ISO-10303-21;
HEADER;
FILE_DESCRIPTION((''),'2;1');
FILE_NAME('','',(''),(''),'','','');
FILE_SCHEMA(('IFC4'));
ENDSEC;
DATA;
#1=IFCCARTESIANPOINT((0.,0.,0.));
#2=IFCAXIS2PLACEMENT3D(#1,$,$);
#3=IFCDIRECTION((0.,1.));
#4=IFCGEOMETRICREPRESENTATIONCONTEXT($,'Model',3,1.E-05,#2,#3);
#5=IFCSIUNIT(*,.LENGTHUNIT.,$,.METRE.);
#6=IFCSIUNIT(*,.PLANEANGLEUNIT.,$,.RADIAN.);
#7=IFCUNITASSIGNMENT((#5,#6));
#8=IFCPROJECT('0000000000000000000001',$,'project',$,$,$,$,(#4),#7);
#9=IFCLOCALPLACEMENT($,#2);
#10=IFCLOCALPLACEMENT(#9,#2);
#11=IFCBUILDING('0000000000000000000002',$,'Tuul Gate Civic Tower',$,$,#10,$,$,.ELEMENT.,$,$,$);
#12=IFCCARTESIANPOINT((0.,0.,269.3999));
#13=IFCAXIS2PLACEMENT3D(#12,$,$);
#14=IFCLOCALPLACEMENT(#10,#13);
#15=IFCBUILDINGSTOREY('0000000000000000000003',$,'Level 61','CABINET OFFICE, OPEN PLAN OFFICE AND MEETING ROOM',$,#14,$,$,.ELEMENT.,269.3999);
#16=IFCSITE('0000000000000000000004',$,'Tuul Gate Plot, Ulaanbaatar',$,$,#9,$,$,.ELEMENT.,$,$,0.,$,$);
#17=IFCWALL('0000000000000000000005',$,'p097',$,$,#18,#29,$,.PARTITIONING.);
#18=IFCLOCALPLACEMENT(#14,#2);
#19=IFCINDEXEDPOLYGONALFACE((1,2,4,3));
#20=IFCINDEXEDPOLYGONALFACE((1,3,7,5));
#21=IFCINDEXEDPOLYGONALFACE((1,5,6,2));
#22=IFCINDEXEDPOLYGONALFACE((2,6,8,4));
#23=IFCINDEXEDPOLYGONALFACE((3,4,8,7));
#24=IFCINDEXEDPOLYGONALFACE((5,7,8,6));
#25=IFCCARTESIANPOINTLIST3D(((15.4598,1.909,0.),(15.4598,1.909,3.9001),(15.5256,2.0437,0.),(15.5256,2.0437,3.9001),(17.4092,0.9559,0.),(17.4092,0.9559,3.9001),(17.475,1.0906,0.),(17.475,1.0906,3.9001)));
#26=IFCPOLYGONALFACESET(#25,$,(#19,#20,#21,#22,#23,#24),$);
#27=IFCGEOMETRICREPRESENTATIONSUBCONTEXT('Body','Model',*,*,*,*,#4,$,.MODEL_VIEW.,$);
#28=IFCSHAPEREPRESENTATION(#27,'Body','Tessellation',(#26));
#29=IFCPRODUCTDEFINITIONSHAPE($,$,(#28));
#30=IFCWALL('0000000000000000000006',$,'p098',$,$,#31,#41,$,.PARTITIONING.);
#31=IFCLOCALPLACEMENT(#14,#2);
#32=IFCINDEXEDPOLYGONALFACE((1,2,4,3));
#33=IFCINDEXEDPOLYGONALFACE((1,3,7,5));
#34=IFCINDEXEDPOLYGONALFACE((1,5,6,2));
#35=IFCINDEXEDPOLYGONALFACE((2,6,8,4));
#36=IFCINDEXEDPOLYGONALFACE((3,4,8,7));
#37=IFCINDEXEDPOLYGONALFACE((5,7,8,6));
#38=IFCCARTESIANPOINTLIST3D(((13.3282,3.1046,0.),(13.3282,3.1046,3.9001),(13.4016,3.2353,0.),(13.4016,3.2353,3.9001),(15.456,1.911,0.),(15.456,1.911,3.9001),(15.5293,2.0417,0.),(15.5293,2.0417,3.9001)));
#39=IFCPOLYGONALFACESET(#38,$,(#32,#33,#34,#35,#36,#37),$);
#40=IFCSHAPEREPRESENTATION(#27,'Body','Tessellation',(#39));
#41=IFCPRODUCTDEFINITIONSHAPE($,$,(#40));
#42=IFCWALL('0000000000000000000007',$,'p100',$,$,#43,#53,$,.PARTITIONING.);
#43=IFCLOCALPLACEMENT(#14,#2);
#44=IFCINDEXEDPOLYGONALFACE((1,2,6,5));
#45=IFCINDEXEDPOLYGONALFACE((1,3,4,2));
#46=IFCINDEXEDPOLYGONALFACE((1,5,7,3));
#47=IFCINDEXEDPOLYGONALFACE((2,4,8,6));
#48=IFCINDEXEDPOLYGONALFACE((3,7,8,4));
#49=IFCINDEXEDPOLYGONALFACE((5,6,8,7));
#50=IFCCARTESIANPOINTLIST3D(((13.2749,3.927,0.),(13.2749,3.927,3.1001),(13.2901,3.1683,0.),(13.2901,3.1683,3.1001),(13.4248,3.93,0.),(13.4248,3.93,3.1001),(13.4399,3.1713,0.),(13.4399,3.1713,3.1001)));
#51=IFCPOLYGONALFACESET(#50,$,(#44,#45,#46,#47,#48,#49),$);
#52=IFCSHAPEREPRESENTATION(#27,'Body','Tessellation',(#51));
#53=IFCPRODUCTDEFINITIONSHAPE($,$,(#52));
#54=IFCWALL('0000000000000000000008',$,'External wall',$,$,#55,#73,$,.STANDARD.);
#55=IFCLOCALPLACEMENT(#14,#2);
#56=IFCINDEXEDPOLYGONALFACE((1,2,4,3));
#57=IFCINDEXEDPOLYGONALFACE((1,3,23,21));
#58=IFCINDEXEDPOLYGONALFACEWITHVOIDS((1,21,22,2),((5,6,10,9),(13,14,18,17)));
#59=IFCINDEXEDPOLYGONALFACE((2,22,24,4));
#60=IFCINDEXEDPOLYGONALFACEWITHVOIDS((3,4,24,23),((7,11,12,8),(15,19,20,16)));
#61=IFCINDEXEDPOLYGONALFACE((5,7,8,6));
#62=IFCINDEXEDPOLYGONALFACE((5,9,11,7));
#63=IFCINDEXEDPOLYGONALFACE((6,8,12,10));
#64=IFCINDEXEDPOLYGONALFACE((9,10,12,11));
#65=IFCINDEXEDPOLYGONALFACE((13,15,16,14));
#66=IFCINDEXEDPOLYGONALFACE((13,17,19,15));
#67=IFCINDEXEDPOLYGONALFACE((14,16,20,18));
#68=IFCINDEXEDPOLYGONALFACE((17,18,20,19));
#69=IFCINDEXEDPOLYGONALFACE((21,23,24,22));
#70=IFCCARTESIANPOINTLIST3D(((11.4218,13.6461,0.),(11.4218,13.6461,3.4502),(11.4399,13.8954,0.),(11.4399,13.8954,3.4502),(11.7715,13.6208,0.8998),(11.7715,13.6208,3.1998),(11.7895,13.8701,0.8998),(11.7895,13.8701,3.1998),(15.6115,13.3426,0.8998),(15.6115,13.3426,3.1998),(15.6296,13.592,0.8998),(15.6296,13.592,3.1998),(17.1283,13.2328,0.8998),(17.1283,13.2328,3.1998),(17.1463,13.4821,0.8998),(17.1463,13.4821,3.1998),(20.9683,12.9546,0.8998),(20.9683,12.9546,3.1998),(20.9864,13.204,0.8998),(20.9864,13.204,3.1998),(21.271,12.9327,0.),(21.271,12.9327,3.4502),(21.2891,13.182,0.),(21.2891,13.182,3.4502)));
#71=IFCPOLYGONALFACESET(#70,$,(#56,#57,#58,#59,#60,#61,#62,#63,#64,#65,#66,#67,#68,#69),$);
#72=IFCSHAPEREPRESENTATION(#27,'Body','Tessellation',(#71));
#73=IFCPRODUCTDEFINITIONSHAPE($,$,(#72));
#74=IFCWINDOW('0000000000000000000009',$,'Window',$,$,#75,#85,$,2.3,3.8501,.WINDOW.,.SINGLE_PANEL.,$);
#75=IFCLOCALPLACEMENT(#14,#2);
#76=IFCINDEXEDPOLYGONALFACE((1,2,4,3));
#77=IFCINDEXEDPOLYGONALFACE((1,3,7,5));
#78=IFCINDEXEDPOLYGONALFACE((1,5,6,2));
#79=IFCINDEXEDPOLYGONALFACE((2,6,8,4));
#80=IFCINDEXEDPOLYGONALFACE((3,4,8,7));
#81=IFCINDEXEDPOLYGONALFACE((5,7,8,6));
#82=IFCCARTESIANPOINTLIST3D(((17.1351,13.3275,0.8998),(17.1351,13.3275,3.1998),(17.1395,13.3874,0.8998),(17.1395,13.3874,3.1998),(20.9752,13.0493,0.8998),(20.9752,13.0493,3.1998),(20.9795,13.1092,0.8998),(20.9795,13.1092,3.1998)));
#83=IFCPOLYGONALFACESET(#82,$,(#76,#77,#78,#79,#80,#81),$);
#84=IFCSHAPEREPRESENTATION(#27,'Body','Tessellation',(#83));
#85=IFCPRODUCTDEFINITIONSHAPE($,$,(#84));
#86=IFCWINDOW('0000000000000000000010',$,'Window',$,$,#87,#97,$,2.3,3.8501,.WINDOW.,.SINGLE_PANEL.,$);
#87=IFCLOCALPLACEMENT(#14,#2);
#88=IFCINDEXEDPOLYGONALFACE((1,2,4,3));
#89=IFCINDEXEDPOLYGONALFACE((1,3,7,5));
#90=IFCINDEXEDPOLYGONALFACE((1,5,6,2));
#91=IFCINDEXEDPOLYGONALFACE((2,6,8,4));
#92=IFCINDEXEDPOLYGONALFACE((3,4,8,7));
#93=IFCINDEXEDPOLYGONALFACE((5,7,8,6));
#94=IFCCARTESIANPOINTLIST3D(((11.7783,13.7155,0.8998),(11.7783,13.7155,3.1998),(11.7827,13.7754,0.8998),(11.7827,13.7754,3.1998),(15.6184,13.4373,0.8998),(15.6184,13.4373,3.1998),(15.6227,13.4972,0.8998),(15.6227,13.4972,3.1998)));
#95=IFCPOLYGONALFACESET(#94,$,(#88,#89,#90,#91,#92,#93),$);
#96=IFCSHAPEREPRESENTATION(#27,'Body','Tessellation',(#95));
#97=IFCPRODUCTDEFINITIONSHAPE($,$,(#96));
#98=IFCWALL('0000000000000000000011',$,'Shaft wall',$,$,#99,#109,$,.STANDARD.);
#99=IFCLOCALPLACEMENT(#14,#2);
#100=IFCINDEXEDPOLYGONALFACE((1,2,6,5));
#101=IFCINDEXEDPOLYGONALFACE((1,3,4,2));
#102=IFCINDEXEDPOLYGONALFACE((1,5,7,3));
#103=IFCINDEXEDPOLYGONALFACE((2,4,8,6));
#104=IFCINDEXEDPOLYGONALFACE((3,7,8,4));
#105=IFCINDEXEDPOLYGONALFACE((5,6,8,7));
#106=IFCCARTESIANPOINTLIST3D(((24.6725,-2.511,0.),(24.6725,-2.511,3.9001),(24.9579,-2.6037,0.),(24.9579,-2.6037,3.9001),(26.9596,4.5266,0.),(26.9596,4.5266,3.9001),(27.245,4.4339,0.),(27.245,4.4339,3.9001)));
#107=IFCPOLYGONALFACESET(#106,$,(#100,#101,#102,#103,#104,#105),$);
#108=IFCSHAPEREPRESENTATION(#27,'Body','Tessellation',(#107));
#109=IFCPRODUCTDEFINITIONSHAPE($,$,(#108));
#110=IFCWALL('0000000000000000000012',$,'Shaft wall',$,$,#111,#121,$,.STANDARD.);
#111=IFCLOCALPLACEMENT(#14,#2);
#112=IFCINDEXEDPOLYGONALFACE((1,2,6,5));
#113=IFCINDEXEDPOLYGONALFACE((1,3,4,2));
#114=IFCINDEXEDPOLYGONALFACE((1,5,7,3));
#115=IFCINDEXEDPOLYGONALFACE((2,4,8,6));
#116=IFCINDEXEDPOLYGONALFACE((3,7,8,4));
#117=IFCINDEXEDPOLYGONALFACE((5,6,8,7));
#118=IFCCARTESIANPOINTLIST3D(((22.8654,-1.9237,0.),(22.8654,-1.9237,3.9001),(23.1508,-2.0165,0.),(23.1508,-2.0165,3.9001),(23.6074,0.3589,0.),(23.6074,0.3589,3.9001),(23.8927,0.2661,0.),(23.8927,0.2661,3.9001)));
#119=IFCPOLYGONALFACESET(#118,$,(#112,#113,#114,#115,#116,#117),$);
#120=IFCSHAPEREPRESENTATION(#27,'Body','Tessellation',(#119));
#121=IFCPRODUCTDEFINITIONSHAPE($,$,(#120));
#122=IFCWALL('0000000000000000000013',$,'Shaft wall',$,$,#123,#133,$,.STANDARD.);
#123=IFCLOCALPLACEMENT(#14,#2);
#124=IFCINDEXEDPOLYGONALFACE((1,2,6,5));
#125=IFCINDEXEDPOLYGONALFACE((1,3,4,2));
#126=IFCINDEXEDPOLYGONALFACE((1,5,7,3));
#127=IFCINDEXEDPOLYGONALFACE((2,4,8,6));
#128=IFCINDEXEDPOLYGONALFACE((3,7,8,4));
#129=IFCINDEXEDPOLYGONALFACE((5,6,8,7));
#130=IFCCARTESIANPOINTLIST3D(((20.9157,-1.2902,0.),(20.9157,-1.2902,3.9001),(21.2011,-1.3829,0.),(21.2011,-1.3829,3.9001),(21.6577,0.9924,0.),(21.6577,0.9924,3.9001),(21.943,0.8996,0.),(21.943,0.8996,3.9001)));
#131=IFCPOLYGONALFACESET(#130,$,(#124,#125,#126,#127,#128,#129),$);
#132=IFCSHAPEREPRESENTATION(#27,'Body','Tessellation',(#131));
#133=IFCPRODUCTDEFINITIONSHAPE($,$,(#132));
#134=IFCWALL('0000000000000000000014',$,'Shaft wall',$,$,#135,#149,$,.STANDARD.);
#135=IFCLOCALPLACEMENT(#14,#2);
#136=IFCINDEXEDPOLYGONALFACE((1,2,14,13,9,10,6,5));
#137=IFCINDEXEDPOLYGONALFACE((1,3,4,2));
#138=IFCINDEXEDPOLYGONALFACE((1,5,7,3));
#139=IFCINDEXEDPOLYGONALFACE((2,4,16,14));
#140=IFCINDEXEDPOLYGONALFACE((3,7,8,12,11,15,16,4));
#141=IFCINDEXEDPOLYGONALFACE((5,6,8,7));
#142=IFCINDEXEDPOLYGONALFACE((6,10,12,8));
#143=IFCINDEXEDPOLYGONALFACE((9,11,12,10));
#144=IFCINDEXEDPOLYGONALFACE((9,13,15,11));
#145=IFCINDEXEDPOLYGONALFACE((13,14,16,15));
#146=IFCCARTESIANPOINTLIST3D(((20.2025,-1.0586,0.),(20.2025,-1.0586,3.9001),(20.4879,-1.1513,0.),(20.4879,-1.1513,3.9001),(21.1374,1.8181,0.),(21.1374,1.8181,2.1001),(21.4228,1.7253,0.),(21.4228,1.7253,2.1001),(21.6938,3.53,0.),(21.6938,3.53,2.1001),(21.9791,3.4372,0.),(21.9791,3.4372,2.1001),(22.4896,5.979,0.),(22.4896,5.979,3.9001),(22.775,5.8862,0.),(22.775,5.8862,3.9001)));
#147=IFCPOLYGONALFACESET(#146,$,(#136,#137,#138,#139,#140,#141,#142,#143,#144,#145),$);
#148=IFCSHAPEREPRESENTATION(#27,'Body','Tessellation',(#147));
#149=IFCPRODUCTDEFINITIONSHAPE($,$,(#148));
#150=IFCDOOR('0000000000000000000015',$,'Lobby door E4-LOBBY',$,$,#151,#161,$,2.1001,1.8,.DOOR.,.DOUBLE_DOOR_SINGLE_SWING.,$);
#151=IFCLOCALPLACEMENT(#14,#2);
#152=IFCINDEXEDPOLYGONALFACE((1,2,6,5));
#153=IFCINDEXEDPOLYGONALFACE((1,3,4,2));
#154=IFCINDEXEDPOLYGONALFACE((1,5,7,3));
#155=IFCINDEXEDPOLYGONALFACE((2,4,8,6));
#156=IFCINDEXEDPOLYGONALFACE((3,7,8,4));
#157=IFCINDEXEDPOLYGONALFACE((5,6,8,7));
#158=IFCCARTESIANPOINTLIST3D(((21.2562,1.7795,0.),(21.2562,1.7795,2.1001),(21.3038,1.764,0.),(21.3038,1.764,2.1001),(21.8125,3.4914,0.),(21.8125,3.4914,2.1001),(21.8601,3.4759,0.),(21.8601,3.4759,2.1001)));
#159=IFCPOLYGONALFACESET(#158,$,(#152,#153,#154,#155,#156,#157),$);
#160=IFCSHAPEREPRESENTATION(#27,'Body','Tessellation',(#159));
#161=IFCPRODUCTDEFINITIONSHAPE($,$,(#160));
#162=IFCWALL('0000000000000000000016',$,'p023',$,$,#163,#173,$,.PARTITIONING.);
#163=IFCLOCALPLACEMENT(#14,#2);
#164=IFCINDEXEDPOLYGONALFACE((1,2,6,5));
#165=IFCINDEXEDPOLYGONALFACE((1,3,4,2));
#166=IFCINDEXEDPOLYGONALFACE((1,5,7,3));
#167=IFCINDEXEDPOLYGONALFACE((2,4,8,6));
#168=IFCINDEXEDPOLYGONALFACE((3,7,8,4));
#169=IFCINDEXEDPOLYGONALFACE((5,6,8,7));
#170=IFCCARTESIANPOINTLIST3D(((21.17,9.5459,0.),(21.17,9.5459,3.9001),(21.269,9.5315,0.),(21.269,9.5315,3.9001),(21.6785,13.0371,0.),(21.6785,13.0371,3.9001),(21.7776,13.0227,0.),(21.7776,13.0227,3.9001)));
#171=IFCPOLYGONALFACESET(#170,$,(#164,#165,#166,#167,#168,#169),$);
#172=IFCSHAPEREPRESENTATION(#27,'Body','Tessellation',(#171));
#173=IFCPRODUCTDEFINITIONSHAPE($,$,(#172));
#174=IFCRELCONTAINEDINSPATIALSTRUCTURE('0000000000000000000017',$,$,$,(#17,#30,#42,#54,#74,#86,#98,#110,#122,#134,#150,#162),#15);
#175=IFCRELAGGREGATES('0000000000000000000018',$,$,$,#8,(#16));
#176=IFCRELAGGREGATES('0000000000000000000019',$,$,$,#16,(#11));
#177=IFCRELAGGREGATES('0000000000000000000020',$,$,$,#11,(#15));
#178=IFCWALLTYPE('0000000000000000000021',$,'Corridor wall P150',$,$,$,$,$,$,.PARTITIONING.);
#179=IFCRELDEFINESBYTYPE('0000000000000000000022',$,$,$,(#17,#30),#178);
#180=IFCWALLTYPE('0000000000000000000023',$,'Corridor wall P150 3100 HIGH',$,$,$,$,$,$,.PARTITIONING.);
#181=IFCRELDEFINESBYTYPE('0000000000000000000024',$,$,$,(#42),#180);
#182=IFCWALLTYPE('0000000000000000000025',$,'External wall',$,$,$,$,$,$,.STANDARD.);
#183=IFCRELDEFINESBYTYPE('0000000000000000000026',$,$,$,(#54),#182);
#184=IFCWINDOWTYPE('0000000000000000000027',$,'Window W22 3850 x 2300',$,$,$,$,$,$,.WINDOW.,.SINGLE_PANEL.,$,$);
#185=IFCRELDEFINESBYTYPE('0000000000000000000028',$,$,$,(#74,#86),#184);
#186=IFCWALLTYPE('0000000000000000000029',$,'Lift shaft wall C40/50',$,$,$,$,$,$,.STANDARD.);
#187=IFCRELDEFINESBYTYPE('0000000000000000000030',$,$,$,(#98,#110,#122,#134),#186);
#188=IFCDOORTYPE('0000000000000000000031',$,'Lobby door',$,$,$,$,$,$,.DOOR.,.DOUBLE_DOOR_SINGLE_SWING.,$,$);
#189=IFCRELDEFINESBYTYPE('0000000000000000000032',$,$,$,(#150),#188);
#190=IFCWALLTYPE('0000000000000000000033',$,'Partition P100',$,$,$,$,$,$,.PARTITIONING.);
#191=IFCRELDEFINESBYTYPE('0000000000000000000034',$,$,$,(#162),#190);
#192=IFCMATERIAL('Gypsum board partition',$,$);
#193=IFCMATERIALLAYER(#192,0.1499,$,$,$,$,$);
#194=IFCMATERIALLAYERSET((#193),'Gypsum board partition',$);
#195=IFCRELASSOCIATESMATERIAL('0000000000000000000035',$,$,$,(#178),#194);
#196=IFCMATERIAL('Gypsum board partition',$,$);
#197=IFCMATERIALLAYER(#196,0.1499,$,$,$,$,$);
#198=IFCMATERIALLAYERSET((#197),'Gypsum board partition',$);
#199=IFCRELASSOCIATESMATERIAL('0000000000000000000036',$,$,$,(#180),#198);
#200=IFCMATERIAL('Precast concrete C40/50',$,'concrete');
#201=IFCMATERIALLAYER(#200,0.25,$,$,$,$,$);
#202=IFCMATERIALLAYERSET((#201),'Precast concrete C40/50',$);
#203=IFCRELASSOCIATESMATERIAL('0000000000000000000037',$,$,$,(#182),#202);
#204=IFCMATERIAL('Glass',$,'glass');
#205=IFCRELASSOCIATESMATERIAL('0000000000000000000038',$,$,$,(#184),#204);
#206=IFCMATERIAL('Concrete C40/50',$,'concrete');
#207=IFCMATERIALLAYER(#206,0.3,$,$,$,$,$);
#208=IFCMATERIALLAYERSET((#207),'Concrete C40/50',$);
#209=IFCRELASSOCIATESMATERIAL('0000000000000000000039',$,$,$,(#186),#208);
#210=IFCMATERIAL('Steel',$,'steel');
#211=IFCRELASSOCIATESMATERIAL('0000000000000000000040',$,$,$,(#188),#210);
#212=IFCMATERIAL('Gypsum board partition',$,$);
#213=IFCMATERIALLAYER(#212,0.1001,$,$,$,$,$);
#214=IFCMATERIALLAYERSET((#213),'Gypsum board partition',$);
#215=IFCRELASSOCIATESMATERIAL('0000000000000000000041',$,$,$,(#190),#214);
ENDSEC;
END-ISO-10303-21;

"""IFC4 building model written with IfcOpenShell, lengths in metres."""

from ifc_helpers import new_model, si_unit, direction, frame, frame_2d, origin, place, context, subcontext, project, spatial, rectangle, extrude, material, layer, layer_set, type_object, element, fill, save


model = new_model("IFC4")

# Units and contexts
model_context = context("Model", 3, precision=1e-05, world=origin(), true_north=direction((0.0, 1.0)))
body_context = subcontext(model_context, "Body", "Model", "MODEL_VIEW")
ifc_project = project(units=[si_unit("LENGTHUNIT", "METRE"), si_unit("PLANEANGLEUNIT", "RADIAN")], contexts=[model_context])

# Site, building, storey
site_placement = place(None, origin())
site = spatial("IfcSite", under=ifc_project, at=site_placement, Name="Tuul Gate Plot, Ulaanbaatar", CompositionType="ELEMENT", RefElevation=0.0)
building_placement = place(site_placement, origin())
building = spatial("IfcBuilding", under=site, at=building_placement, Name="Tuul Gate Civic Tower", CompositionType="ELEMENT")
storey_placement = place(building_placement, frame((0.0, 0.0, 269.3999)))
storey = spatial("IfcBuildingStorey", under=building, at=storey_placement, Name="Level 61", Description="CABINET OFFICE, OPEN PLAN OFFICE AND MEETING ROOM", CompositionType="ELEMENT", Elevation=269.3999)

# Shared definitions
ifc_material_1 = material(Name="Gypsum board partition")
ifc_layer_1 = layer(ifc_material_1, 0.1499)
ifc_layer_set_1 = layer_set([ifc_layer_1], Name="Gypsum board partition")
wall_type_1 = type_object("IfcWallType", Name="Corridor wall P150", PredefinedType="PARTITIONING", material=ifc_layer_set_1)

# Walls
wall_1_placement = place(storey_placement, frame((15.4927, 1.9763, 0.0), z_axis=(0.0, 0.0, 1.0), x_axis=(0.898374, -0.43923, 0.0)))
element("IfcWall", 1, at=wall_1_placement, inside=storey, type_object=wall_type_1, Name="p097", PredefinedType="PARTITIONING", context=body_context, shape_type="SweptSolid", body=[
    extrude(rectangle(XDim=2.1699, YDim=0.1499, at=frame_2d((1.085, 0.0))), origin(), (0.0, 0.0, 1.0), 3.9001),
])
wall_2_placement = place(storey_placement, frame((13.365, 3.1699, 0.0), z_axis=(0.0, 0.0, 1.0), x_axis=(0.872139, -0.489258, 0.0)))
element("IfcWall", 2, at=wall_2_placement, inside=storey, type_object=wall_type_1, Name="p098", PredefinedType="PARTITIONING", context=body_context, shape_type="SweptSolid", body=[
    extrude(rectangle(XDim=2.4397, YDim=0.1499, at=frame_2d((1.2197, 0.0))), origin(), (0.0, 0.0, 1.0), 3.9001),
])
ifc_material_2 = material(Name="Gypsum board partition")
ifc_layer_2 = layer(ifc_material_2, 0.1499)
ifc_layer_set_2 = layer_set([ifc_layer_2], Name="Gypsum board partition")
wall_type_2 = type_object("IfcWallType", Name="Corridor wall P150 3100 HIGH", PredefinedType="PARTITIONING", material=ifc_layer_set_2)
wall_3_placement = place(storey_placement, frame((13.3499, 3.9285, 0.0), z_axis=(0.0, 0.0, 1.0), x_axis=(0.019951, -0.999801, 0.0)))
element("IfcWall", 3, at=wall_3_placement, inside=storey, type_object=wall_type_2, Name="p100", PredefinedType="PARTITIONING", context=body_context, shape_type="SweptSolid", body=[
    extrude(rectangle(XDim=0.7588, YDim=0.1499, at=frame_2d((0.3794, 0.0))), origin(), (0.0, 0.0, 1.0), 3.1001),
])

# Wall, openings, windows
ifc_material_3 = material(Name="Precast concrete C40/50", Category="concrete")
ifc_layer_3 = layer(ifc_material_3, 0.25)
ifc_layer_set_3 = layer_set([ifc_layer_3], Name="Precast concrete C40/50")
wall_type_3 = type_object("IfcWallType", Name="External wall", PredefinedType="STANDARD", material=ifc_layer_set_3)
wall_4_placement = place(storey_placement, frame((21.28, 13.0574, 0.0), z_axis=(0.0, 0.0, 1.0), x_axis=(-0.997387, 0.072241, 0.0)))
wall_4 = element("IfcWall", 4, at=wall_4_placement, inside=storey, type_object=wall_type_3, Name="External wall", PredefinedType="STANDARD", context=body_context, shape_type="SweptSolid", body=[
    extrude(rectangle(XDim=9.875, YDim=0.25, at=frame_2d((4.9375, 0.0))), origin(), (0.0, 0.0, 1.0), 3.4502),
])
opening_1_placement = place(wall_4_placement, frame((0.3035, 0.0, 0.8999)))
opening_1 = element("IfcOpeningElement", 5, at=opening_1_placement, cuts=wall_4, PredefinedType="OPENING", context=body_context, shape_type="SweptSolid", body=[
    extrude(rectangle(XDim=3.8501, YDim=2.3, at=frame_2d((1.925, 1.1499))), frame((0.0, 0.135, 0.0), z_axis=(0.0, -1.0, 0.0), x_axis=(1.0, 0.0, 0.0)), (0.0, 0.0, 1.0), 0.27),
])
opening_2_placement = place(wall_4_placement, frame((5.6743, 0.0, 0.8999)))
opening_2 = element("IfcOpeningElement", 6, at=opening_2_placement, cuts=wall_4, PredefinedType="OPENING", context=body_context, shape_type="SweptSolid", body=[
    extrude(rectangle(XDim=3.8501, YDim=2.3, at=frame_2d((1.925, 1.1499))), frame((0.0, 0.135, 0.0), z_axis=(0.0, -1.0, 0.0), x_axis=(1.0, 0.0, 0.0)), (0.0, 0.0, 1.0), 0.27),
])
ifc_material_4 = material(Name="Glass", Category="glass")
window_type = type_object("IfcWindowType", Name="Window W22 3850 x 2300", PartitioningType="SINGLE_PANEL", PredefinedType="WINDOW", material=ifc_material_4)
window_1_placement = place(opening_1_placement, origin())
window_1 = element("IfcWindow", 7, at=window_1_placement, inside=storey, type_object=window_type, Name="Window", OverallHeight=2.3, OverallWidth=3.8501, PartitioningType="SINGLE_PANEL", PredefinedType="WINDOW", context=body_context, shape_type="SweptSolid", body=[
    extrude(rectangle(XDim=3.8501, YDim=2.3, at=frame_2d((1.925, 1.1499))), frame((0.0, 0.03, 0.0), z_axis=(0.0, -1.0, 0.0), x_axis=(1.0, 0.0, 0.0)), (0.0, 0.0, 1.0), 0.0601),
])
fill(opening_1, window_1)
window_2_placement = place(opening_2_placement, origin())
window_2 = element("IfcWindow", 8, at=window_2_placement, inside=storey, type_object=window_type, Name="Window", OverallHeight=2.3, OverallWidth=3.8501, PartitioningType="SINGLE_PANEL", PredefinedType="WINDOW", context=body_context, shape_type="SweptSolid", body=[
    extrude(rectangle(XDim=3.8501, YDim=2.3, at=frame_2d((1.925, 1.1499))), frame((0.0, 0.03, 0.0), z_axis=(0.0, -1.0, 0.0), x_axis=(1.0, 0.0, 0.0)), (0.0, 0.0, 1.0), 0.0601),
])
fill(opening_2, window_2)

# Walls
ifc_material_5 = material(Name="Concrete C40/50", Category="concrete")
ifc_layer_4 = layer(ifc_material_5, 0.3)
ifc_layer_set_4 = layer_set([ifc_layer_4], Name="Concrete C40/50")
wall_type_4 = type_object("IfcWallType", Name="Lift shaft wall C40/50", PredefinedType="STANDARD", material=ifc_layer_set_4)
wall_5_placement = place(storey_placement, frame((24.8152, -2.5574, 0.0), z_axis=(0.0, 0.0, 1.0), x_axis=(0.309073, 0.951038, 0.0)))
element("IfcWall", 9, at=wall_5_placement, inside=storey, type_object=wall_type_4, Name="Shaft wall", PredefinedType="STANDARD", context=body_context, shape_type="SweptSolid", body=[
    extrude(rectangle(XDim=7.3999, YDim=0.3, at=frame_2d((3.7, 0.0))), origin(), (0.0, 0.0, 1.0), 3.9001),
])
for number, where, z_axis, x_axis, name in (
    (10, (23.0081, -1.9702, 0.0), (0.0, 0.0, 1.0), (0.309139, 0.951017, 0.0), "Shaft wall"),
    (11, (21.0583, -1.3367, 0.0), (0.0, 0.0, 1.0), (0.309139, 0.951017, 0.0), "Shaft wall"),
):
    element("IfcWall", number, at=place(storey_placement, frame(where, z_axis=z_axis, x_axis=x_axis)), inside=storey, type_object=wall_type_4, Name=name, PredefinedType="STANDARD", context=body_context, shape_type="SweptSolid", body=[
        extrude(rectangle(XDim=2.4001, YDim=0.3, at=frame_2d((1.2002, 0.0))), origin(), (0.0, 0.0, 1.0), 3.9001),
    ])

# Wall, opening, door
wall_6_placement = place(storey_placement, frame((20.3452, -1.105, 0.0), z_axis=(0.0, 0.0, 1.0), x_axis=(0.309073, 0.951038, 0.0)))
wall_6 = element("IfcWall", 12, at=wall_6_placement, inside=storey, type_object=wall_type_4, Name="Shaft wall", PredefinedType="STANDARD", context=body_context, shape_type="SweptSolid", body=[
    extrude(rectangle(XDim=7.3999, YDim=0.3, at=frame_2d((3.7, 0.0))), origin(), (0.0, 0.0, 1.0), 3.9001),
])
opening_3_placement = place(wall_6_placement, frame((3.0249, 0.0, 0.0)))
opening_3 = element("IfcOpeningElement", 13, at=opening_3_placement, cuts=wall_6, PredefinedType="OPENING", context=body_context, shape_type="SweptSolid", body=[
    extrude(rectangle(XDim=1.8, YDim=2.1001, at=frame_2d((0.8999, 1.05))), frame((0.0, 0.1602, 0.0), z_axis=(0.0, -1.0, 0.0), x_axis=(1.0, 0.0, 0.0)), (0.0, 0.0, 1.0), 0.3201),
])
ifc_material_6 = material(Name="Steel", Category="steel")
door_type_1 = type_object("IfcDoorType", Name="Lobby door", OperationType="DOUBLE_DOOR_SINGLE_SWING", PredefinedType="DOOR", material=ifc_material_6)
door_1_placement = place(opening_3_placement, frame((1.8, 0.0, 0.0), z_axis=(0.0, 0.0, 1.0), x_axis=(-1.0, 0.0, 0.0)))
door_1 = element("IfcDoor", 14, at=door_1_placement, inside=storey, type_object=door_type_1, Name="Lobby door E4-LOBBY", OperationType="DOUBLE_DOOR_SINGLE_SWING", OverallHeight=2.1001, OverallWidth=1.8, PredefinedType="DOOR", context=body_context, shape_type="SweptSolid", body=[
    extrude(rectangle(XDim=1.8, YDim=2.1001, at=frame_2d((0.9001, 1.05))), frame((0.0, 0.0249, 0.0), z_axis=(0.0, -1.0, 0.0), x_axis=(1.0, 0.0, 0.0)), (0.0, 0.0, 1.0), 0.05),
])
fill(opening_3, door_1)

# Wall
ifc_material_7 = material(Name="Gypsum board partition")
ifc_layer_5 = layer(ifc_material_7, 0.1001)
ifc_layer_set_5 = layer_set([ifc_layer_5], Name="Gypsum board partition")
wall_type_5 = type_object("IfcWallType", Name="Partition P100", PredefinedType="PARTITIONING", material=ifc_layer_set_5)
wall_7_placement = place(storey_placement, frame((21.2195, 9.5386, 0.0), z_axis=(0.0, 0.0, 1.0), x_axis=(0.144143, 0.989557, 0.0)))
element("IfcWall", 15, at=wall_7_placement, inside=storey, type_object=wall_type_5, Name="p023", PredefinedType="PARTITIONING", context=body_context, shape_type="SweptSolid", body=[
    extrude(rectangle(XDim=3.5281, YDim=0.1001, at=frame_2d((1.7642, 0.0))), origin(), (0.0, 0.0, 1.0), 3.9001),
])

save(model, "model.ifc")
